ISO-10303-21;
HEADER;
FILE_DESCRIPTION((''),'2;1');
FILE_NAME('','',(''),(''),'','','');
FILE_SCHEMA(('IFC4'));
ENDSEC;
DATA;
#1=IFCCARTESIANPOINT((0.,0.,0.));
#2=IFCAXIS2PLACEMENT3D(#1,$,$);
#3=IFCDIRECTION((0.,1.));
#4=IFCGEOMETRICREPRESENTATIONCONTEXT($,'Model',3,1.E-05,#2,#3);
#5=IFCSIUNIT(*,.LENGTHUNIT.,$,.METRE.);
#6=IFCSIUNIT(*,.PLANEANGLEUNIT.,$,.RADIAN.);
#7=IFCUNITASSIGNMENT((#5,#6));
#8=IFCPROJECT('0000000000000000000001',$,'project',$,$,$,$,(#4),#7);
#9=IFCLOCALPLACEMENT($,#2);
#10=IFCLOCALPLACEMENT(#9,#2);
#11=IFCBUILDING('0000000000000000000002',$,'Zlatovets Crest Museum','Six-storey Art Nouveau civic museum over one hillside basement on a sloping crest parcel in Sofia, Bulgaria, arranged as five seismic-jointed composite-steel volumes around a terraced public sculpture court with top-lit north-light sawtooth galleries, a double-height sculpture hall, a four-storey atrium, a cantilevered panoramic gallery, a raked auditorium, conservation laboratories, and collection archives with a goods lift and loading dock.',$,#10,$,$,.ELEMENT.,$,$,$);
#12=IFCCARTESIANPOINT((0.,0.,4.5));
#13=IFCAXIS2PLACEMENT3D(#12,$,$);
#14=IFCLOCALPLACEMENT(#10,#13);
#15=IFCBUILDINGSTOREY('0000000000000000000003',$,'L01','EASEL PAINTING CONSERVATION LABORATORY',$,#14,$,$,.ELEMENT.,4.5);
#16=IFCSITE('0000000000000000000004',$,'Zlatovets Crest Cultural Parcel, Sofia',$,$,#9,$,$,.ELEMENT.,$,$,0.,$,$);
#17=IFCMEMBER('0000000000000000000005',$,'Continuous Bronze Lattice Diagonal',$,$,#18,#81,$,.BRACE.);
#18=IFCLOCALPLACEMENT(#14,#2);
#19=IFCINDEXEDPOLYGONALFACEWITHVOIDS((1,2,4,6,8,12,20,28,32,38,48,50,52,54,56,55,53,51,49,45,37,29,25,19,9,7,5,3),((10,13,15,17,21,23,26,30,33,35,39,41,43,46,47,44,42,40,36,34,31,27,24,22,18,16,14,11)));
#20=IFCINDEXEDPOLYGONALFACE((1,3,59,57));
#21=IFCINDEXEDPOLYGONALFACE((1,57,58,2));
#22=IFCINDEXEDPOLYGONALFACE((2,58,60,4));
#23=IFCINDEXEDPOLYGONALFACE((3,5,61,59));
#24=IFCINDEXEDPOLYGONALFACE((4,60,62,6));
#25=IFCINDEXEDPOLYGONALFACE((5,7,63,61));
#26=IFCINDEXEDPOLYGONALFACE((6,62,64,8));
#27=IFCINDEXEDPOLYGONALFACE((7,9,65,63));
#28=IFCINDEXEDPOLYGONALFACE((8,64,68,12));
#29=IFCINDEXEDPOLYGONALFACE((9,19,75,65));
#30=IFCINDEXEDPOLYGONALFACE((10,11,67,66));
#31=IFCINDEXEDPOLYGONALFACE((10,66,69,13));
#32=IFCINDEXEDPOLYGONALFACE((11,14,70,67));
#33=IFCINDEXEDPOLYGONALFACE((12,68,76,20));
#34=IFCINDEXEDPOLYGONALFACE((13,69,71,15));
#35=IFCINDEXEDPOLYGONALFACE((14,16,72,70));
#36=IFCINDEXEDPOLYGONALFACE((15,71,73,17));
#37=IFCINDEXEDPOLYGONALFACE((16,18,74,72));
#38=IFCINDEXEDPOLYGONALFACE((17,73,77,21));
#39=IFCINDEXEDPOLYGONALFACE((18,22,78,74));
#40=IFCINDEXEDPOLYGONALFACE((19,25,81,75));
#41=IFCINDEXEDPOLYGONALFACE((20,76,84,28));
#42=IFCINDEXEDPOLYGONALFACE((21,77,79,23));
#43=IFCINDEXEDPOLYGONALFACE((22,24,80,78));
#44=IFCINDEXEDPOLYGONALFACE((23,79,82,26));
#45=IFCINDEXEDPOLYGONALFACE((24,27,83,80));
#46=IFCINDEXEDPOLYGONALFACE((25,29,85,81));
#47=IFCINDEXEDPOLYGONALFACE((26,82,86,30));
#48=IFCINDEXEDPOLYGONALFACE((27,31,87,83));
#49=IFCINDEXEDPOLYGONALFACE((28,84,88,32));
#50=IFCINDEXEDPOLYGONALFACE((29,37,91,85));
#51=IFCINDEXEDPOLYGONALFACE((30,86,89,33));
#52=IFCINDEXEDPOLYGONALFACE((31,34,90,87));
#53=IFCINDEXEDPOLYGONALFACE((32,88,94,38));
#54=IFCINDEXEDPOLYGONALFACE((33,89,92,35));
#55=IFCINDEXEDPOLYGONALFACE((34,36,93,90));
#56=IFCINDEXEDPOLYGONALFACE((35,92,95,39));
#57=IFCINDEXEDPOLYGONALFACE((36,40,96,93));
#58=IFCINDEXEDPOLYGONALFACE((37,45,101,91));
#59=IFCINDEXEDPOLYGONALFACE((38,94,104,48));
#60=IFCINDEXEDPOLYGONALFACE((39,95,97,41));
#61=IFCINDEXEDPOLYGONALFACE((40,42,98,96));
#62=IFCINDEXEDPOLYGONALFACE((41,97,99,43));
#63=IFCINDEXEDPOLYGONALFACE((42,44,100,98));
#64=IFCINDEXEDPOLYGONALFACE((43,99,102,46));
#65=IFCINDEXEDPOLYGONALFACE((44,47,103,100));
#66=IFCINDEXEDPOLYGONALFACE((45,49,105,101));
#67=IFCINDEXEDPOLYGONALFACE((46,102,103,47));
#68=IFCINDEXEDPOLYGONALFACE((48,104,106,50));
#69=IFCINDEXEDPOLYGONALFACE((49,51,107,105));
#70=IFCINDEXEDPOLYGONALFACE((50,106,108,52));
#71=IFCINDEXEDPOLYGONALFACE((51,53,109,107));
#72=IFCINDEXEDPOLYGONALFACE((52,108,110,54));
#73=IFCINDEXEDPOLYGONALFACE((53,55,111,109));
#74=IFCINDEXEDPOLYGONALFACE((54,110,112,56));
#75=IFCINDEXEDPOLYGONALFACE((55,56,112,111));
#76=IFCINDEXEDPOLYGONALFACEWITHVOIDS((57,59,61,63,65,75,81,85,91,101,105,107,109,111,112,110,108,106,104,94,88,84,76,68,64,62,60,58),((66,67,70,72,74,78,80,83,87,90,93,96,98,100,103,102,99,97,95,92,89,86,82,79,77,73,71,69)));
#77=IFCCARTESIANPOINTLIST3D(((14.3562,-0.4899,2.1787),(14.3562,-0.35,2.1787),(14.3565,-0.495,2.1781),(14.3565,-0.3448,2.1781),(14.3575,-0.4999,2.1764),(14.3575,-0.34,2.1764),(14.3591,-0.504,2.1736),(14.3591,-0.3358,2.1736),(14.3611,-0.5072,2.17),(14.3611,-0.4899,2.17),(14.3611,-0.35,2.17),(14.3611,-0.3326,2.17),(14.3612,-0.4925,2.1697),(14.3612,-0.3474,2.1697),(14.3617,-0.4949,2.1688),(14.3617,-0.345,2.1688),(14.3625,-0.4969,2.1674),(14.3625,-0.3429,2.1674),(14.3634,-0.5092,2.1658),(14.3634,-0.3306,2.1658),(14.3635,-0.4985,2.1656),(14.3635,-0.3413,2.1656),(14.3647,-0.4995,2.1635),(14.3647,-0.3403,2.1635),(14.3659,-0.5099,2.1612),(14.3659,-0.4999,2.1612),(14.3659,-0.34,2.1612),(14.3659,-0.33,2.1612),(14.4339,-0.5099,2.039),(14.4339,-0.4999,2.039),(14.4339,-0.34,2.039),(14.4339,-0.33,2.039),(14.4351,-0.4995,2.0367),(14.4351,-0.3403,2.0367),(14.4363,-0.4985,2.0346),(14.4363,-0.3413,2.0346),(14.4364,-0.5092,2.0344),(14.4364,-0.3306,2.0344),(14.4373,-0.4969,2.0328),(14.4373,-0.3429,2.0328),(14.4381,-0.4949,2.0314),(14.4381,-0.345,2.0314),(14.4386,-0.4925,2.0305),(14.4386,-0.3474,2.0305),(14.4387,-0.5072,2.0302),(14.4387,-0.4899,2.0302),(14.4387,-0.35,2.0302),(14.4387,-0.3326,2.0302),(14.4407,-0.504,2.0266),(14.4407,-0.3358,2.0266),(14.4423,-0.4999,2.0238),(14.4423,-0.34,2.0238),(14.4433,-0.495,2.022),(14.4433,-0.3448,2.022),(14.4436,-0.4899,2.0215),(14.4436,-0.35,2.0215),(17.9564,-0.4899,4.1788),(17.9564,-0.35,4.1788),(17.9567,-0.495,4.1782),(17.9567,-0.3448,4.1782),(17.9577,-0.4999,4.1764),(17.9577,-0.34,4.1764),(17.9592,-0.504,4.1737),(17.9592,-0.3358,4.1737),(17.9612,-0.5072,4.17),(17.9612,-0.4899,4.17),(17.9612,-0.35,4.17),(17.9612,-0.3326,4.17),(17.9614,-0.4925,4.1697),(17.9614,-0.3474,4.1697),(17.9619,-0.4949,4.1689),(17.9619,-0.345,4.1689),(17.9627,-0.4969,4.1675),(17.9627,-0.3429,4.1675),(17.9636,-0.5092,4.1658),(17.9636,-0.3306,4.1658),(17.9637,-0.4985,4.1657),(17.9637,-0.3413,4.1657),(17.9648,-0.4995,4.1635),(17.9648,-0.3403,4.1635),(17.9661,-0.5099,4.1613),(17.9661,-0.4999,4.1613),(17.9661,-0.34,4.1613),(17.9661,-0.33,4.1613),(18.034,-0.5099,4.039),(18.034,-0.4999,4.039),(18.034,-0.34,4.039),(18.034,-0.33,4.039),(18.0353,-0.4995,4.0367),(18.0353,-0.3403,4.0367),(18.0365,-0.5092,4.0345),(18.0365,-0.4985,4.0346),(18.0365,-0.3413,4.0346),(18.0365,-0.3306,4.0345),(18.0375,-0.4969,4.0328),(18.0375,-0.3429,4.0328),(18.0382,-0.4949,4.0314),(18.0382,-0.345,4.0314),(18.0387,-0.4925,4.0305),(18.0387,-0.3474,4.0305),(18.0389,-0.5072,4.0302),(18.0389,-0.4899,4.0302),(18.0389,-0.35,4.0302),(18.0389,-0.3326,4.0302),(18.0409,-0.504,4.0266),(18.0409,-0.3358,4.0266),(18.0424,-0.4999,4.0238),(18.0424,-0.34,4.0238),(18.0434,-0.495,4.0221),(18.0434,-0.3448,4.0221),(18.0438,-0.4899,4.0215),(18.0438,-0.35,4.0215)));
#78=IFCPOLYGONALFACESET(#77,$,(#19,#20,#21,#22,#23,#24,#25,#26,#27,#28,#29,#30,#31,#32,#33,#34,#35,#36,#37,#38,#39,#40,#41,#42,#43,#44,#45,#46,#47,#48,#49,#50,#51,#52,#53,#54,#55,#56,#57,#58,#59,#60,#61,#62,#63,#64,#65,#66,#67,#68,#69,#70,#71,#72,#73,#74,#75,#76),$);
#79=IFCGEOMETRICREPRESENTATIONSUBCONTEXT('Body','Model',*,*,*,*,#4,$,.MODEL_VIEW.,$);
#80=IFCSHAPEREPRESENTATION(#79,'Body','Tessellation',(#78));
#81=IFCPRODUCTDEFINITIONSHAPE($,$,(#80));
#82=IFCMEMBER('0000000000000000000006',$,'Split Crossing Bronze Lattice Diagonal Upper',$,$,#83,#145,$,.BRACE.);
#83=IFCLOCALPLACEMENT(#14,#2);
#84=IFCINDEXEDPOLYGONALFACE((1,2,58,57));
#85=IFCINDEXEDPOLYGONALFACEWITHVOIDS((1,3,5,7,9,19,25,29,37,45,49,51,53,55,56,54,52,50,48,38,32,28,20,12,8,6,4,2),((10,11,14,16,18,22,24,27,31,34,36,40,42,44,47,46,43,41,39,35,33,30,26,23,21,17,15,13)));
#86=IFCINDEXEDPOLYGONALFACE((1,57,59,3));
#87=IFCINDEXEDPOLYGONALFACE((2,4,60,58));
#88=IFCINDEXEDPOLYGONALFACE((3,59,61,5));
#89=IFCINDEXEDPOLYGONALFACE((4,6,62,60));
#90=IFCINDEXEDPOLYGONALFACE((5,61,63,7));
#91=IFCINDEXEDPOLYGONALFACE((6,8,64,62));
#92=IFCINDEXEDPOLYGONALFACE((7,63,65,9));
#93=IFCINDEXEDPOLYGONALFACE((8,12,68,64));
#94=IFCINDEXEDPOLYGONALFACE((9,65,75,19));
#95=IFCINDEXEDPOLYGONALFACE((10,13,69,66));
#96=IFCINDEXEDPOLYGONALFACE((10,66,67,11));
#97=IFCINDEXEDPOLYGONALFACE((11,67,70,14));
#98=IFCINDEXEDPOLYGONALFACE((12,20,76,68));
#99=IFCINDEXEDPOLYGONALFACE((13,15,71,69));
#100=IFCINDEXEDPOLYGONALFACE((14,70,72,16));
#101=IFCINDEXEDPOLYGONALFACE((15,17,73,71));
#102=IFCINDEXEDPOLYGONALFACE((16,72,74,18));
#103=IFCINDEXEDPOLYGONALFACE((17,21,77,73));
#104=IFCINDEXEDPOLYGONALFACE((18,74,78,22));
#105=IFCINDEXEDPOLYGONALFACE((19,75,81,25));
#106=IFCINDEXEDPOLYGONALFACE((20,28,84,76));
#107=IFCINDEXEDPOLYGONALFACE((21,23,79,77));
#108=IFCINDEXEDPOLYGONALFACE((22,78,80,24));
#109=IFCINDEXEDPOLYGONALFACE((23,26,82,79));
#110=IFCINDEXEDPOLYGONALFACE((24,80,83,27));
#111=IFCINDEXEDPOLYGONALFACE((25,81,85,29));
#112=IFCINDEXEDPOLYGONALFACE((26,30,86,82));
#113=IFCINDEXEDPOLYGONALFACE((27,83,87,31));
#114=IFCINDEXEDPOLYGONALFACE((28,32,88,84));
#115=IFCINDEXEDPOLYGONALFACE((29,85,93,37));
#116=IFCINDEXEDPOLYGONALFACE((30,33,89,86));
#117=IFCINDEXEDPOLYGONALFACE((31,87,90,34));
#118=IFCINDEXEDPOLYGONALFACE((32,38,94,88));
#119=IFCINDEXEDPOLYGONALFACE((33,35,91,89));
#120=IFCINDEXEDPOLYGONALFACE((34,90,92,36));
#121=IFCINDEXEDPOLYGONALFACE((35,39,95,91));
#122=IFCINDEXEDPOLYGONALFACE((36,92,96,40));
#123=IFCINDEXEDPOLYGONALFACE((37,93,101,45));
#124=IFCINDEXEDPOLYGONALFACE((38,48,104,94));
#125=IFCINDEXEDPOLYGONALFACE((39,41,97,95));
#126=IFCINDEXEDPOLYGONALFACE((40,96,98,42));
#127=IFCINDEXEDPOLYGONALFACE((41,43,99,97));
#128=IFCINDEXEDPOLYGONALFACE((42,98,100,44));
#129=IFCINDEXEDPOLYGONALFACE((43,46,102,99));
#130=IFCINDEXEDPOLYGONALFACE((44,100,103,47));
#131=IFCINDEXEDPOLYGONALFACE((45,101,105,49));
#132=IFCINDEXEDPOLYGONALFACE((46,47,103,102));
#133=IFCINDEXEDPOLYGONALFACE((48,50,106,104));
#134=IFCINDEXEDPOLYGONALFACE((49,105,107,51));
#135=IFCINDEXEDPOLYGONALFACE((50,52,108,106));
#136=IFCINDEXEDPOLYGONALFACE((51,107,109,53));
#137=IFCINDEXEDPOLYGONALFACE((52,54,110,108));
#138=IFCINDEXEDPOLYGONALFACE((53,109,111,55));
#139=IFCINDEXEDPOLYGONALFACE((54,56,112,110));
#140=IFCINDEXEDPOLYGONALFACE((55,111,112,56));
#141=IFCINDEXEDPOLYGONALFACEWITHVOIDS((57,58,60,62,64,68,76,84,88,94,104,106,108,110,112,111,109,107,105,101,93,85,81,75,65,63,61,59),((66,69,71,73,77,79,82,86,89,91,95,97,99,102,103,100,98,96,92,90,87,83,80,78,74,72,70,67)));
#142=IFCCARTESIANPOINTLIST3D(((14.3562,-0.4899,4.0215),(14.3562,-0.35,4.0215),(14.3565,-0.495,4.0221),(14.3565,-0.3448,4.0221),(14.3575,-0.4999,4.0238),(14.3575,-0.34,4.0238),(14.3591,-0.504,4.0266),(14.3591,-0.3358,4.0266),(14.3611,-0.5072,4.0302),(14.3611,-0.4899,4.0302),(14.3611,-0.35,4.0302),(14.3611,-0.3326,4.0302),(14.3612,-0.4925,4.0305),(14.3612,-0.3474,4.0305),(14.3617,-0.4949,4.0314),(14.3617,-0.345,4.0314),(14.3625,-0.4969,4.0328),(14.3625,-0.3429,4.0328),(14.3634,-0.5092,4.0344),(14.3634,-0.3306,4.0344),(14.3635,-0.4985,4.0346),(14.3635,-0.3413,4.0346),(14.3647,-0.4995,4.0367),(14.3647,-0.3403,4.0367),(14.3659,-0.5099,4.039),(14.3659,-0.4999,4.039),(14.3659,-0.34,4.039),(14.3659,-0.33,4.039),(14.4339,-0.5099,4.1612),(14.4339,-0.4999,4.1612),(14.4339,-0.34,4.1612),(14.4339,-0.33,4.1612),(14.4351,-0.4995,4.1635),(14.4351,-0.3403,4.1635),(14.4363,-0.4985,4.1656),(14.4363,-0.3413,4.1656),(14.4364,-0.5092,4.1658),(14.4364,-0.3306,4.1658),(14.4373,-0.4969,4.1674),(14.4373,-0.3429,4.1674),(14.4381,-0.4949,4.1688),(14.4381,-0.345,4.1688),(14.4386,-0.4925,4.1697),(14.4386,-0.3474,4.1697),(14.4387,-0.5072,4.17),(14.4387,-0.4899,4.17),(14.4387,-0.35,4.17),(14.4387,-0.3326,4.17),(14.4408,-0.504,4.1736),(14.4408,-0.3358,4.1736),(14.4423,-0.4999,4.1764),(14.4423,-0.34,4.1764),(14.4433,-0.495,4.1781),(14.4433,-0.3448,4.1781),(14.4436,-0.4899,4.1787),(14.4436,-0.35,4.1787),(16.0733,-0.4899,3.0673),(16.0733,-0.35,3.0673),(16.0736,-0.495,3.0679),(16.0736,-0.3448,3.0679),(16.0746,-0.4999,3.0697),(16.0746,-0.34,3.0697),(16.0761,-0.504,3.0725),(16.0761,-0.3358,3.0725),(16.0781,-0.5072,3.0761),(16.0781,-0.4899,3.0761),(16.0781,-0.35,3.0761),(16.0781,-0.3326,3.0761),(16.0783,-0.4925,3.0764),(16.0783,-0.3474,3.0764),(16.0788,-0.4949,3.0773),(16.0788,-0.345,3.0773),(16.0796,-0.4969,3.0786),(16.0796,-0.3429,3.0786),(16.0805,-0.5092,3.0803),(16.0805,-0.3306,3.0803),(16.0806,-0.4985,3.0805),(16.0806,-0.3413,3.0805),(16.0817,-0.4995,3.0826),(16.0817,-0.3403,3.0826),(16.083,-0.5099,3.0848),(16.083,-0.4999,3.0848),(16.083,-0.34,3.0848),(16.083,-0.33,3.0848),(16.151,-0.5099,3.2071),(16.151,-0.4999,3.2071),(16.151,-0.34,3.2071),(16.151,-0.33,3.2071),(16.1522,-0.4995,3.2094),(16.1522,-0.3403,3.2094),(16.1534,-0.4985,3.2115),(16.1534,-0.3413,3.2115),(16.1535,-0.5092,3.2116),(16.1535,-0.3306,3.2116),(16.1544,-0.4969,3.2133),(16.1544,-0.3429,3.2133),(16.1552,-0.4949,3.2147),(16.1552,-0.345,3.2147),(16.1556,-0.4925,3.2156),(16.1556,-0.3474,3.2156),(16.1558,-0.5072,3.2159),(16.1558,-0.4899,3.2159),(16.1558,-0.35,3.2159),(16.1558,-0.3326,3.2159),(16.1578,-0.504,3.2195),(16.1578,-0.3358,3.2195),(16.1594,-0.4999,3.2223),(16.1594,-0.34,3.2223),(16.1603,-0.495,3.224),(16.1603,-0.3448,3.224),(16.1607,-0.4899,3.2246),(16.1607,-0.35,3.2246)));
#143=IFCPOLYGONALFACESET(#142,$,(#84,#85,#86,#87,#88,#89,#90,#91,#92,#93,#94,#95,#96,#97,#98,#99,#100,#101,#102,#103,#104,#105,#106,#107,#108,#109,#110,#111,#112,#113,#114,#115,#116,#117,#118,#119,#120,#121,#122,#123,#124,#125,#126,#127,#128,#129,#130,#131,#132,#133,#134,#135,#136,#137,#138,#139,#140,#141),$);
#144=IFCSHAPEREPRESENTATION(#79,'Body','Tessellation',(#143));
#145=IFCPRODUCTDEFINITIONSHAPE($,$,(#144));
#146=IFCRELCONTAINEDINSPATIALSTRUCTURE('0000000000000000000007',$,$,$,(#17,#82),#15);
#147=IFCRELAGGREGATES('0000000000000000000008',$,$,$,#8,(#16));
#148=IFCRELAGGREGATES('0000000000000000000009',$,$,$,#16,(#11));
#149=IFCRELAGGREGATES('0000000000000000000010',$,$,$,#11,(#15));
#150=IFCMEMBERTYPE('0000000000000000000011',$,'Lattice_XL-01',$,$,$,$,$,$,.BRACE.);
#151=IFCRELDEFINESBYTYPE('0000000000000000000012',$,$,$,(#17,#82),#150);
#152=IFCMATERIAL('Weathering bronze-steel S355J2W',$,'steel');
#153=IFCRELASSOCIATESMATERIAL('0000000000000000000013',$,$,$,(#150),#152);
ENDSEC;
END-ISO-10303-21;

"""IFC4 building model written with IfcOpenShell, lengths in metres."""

from ifc_helpers import new_model, si_unit, direction, frame, origin, origin_2d, place, context, subcontext, project, spatial, hollow_rectangle, extrude, material, material_profile, profile_set, type_object, element, save


model = new_model("IFC4")

# Units and contexts
model_context = context("Model", 3, precision=1e-05, world=origin(), true_north=direction((0.0, 1.0)))
body_context = subcontext(model_context, "Body", "Model", "MODEL_VIEW")
ifc_project = project(units=[si_unit("LENGTHUNIT", "METRE"), si_unit("PLANEANGLEUNIT", "RADIAN")], contexts=[model_context])

# Site, building, storey
site_placement = place(None, origin())
site = spatial("IfcSite", under=ifc_project, at=site_placement, Name="Zlatovets Crest Cultural Parcel, Sofia", CompositionType="ELEMENT", RefElevation=0.0)
building_placement = place(site_placement, origin())
building = spatial("IfcBuilding", under=site, at=building_placement, Name="Zlatovets Crest Museum", Description="Six-storey Art Nouveau civic museum over one hillside basement on a sloping crest parcel in Sofia, Bulgaria, arranged as five seismic-jointed composite-steel volumes around a terraced public sculpture court with top-lit north-light sawtooth galleries, a double-height sculpture hall, a four-storey atrium, a cantilevered panoramic gallery, a raked auditorium, conservation laboratories, and collection archives with a goods lift and loading dock.", CompositionType="ELEMENT")
storey_placement = place(building_placement, frame((0.0, 0.0, 4.5)))
storey = spatial("IfcBuildingStorey", under=building, at=storey_placement, Name="L01", Description="EASEL PAINTING CONSERVATION LABORATORY", CompositionType="ELEMENT", Elevation=4.5)

# Members
ifc_material_1 = material(Name="Weathering bronze-steel S355J2W", Category="steel")
ifc_material_profile_1 = material_profile(ifc_material_1, hollow_rectangle(XDim=0.1799, YDim=0.1799, WallThickness=0.01, InnerFilletRadius=0.01, OuterFilletRadius=0.02, at=origin_2d()), Name="SHS 180x180x10.0")
ifc_profile_set_1 = profile_set([ifc_material_profile_1], Name="Weathering bronze-steel S355J2W")
member_type_1 = type_object("IfcMemberType", Name="Lattice_XL-01", PredefinedType="BRACE", material=ifc_profile_set_1)
member_1_placement = place(storey_placement, frame((14.3999, -0.4199, 2.1001), z_axis=(0.874163, 0.0, 0.485633), x_axis=(0.0, 1.0, 0.0)))
element("IfcMember", 1, at=member_1_placement, inside=storey, type_object=member_type_1, Name="Continuous Bronze Lattice Diagonal", PredefinedType="BRACE", context=body_context, shape_type="SweptSolid", body=[
    extrude(hollow_rectangle(XDim=0.1799, YDim=0.1799, WallThickness=0.01, InnerFilletRadius=0.01, OuterFilletRadius=0.02, at=origin_2d()), origin(), (0.0, 0.0, 1.0), 4.1184),
])
member_2_placement = place(storey_placement, frame((14.3999, -0.4199, 4.1001), z_axis=(0.874116, 0.0, -0.485717), x_axis=(0.0, 1.0, 0.0)))
element("IfcMember", 2, at=member_2_placement, inside=storey, type_object=member_type_1, Name="Split Crossing Bronze Lattice Diagonal Upper", PredefinedType="BRACE", context=body_context, shape_type="SweptSolid", body=[
    extrude(hollow_rectangle(XDim=0.1799, YDim=0.1799, WallThickness=0.01, InnerFilletRadius=0.01, OuterFilletRadius=0.02, at=origin_2d()), origin(), (0.0, 0.0, 1.0), 1.9644),
])

save(model, "model.ifc")
